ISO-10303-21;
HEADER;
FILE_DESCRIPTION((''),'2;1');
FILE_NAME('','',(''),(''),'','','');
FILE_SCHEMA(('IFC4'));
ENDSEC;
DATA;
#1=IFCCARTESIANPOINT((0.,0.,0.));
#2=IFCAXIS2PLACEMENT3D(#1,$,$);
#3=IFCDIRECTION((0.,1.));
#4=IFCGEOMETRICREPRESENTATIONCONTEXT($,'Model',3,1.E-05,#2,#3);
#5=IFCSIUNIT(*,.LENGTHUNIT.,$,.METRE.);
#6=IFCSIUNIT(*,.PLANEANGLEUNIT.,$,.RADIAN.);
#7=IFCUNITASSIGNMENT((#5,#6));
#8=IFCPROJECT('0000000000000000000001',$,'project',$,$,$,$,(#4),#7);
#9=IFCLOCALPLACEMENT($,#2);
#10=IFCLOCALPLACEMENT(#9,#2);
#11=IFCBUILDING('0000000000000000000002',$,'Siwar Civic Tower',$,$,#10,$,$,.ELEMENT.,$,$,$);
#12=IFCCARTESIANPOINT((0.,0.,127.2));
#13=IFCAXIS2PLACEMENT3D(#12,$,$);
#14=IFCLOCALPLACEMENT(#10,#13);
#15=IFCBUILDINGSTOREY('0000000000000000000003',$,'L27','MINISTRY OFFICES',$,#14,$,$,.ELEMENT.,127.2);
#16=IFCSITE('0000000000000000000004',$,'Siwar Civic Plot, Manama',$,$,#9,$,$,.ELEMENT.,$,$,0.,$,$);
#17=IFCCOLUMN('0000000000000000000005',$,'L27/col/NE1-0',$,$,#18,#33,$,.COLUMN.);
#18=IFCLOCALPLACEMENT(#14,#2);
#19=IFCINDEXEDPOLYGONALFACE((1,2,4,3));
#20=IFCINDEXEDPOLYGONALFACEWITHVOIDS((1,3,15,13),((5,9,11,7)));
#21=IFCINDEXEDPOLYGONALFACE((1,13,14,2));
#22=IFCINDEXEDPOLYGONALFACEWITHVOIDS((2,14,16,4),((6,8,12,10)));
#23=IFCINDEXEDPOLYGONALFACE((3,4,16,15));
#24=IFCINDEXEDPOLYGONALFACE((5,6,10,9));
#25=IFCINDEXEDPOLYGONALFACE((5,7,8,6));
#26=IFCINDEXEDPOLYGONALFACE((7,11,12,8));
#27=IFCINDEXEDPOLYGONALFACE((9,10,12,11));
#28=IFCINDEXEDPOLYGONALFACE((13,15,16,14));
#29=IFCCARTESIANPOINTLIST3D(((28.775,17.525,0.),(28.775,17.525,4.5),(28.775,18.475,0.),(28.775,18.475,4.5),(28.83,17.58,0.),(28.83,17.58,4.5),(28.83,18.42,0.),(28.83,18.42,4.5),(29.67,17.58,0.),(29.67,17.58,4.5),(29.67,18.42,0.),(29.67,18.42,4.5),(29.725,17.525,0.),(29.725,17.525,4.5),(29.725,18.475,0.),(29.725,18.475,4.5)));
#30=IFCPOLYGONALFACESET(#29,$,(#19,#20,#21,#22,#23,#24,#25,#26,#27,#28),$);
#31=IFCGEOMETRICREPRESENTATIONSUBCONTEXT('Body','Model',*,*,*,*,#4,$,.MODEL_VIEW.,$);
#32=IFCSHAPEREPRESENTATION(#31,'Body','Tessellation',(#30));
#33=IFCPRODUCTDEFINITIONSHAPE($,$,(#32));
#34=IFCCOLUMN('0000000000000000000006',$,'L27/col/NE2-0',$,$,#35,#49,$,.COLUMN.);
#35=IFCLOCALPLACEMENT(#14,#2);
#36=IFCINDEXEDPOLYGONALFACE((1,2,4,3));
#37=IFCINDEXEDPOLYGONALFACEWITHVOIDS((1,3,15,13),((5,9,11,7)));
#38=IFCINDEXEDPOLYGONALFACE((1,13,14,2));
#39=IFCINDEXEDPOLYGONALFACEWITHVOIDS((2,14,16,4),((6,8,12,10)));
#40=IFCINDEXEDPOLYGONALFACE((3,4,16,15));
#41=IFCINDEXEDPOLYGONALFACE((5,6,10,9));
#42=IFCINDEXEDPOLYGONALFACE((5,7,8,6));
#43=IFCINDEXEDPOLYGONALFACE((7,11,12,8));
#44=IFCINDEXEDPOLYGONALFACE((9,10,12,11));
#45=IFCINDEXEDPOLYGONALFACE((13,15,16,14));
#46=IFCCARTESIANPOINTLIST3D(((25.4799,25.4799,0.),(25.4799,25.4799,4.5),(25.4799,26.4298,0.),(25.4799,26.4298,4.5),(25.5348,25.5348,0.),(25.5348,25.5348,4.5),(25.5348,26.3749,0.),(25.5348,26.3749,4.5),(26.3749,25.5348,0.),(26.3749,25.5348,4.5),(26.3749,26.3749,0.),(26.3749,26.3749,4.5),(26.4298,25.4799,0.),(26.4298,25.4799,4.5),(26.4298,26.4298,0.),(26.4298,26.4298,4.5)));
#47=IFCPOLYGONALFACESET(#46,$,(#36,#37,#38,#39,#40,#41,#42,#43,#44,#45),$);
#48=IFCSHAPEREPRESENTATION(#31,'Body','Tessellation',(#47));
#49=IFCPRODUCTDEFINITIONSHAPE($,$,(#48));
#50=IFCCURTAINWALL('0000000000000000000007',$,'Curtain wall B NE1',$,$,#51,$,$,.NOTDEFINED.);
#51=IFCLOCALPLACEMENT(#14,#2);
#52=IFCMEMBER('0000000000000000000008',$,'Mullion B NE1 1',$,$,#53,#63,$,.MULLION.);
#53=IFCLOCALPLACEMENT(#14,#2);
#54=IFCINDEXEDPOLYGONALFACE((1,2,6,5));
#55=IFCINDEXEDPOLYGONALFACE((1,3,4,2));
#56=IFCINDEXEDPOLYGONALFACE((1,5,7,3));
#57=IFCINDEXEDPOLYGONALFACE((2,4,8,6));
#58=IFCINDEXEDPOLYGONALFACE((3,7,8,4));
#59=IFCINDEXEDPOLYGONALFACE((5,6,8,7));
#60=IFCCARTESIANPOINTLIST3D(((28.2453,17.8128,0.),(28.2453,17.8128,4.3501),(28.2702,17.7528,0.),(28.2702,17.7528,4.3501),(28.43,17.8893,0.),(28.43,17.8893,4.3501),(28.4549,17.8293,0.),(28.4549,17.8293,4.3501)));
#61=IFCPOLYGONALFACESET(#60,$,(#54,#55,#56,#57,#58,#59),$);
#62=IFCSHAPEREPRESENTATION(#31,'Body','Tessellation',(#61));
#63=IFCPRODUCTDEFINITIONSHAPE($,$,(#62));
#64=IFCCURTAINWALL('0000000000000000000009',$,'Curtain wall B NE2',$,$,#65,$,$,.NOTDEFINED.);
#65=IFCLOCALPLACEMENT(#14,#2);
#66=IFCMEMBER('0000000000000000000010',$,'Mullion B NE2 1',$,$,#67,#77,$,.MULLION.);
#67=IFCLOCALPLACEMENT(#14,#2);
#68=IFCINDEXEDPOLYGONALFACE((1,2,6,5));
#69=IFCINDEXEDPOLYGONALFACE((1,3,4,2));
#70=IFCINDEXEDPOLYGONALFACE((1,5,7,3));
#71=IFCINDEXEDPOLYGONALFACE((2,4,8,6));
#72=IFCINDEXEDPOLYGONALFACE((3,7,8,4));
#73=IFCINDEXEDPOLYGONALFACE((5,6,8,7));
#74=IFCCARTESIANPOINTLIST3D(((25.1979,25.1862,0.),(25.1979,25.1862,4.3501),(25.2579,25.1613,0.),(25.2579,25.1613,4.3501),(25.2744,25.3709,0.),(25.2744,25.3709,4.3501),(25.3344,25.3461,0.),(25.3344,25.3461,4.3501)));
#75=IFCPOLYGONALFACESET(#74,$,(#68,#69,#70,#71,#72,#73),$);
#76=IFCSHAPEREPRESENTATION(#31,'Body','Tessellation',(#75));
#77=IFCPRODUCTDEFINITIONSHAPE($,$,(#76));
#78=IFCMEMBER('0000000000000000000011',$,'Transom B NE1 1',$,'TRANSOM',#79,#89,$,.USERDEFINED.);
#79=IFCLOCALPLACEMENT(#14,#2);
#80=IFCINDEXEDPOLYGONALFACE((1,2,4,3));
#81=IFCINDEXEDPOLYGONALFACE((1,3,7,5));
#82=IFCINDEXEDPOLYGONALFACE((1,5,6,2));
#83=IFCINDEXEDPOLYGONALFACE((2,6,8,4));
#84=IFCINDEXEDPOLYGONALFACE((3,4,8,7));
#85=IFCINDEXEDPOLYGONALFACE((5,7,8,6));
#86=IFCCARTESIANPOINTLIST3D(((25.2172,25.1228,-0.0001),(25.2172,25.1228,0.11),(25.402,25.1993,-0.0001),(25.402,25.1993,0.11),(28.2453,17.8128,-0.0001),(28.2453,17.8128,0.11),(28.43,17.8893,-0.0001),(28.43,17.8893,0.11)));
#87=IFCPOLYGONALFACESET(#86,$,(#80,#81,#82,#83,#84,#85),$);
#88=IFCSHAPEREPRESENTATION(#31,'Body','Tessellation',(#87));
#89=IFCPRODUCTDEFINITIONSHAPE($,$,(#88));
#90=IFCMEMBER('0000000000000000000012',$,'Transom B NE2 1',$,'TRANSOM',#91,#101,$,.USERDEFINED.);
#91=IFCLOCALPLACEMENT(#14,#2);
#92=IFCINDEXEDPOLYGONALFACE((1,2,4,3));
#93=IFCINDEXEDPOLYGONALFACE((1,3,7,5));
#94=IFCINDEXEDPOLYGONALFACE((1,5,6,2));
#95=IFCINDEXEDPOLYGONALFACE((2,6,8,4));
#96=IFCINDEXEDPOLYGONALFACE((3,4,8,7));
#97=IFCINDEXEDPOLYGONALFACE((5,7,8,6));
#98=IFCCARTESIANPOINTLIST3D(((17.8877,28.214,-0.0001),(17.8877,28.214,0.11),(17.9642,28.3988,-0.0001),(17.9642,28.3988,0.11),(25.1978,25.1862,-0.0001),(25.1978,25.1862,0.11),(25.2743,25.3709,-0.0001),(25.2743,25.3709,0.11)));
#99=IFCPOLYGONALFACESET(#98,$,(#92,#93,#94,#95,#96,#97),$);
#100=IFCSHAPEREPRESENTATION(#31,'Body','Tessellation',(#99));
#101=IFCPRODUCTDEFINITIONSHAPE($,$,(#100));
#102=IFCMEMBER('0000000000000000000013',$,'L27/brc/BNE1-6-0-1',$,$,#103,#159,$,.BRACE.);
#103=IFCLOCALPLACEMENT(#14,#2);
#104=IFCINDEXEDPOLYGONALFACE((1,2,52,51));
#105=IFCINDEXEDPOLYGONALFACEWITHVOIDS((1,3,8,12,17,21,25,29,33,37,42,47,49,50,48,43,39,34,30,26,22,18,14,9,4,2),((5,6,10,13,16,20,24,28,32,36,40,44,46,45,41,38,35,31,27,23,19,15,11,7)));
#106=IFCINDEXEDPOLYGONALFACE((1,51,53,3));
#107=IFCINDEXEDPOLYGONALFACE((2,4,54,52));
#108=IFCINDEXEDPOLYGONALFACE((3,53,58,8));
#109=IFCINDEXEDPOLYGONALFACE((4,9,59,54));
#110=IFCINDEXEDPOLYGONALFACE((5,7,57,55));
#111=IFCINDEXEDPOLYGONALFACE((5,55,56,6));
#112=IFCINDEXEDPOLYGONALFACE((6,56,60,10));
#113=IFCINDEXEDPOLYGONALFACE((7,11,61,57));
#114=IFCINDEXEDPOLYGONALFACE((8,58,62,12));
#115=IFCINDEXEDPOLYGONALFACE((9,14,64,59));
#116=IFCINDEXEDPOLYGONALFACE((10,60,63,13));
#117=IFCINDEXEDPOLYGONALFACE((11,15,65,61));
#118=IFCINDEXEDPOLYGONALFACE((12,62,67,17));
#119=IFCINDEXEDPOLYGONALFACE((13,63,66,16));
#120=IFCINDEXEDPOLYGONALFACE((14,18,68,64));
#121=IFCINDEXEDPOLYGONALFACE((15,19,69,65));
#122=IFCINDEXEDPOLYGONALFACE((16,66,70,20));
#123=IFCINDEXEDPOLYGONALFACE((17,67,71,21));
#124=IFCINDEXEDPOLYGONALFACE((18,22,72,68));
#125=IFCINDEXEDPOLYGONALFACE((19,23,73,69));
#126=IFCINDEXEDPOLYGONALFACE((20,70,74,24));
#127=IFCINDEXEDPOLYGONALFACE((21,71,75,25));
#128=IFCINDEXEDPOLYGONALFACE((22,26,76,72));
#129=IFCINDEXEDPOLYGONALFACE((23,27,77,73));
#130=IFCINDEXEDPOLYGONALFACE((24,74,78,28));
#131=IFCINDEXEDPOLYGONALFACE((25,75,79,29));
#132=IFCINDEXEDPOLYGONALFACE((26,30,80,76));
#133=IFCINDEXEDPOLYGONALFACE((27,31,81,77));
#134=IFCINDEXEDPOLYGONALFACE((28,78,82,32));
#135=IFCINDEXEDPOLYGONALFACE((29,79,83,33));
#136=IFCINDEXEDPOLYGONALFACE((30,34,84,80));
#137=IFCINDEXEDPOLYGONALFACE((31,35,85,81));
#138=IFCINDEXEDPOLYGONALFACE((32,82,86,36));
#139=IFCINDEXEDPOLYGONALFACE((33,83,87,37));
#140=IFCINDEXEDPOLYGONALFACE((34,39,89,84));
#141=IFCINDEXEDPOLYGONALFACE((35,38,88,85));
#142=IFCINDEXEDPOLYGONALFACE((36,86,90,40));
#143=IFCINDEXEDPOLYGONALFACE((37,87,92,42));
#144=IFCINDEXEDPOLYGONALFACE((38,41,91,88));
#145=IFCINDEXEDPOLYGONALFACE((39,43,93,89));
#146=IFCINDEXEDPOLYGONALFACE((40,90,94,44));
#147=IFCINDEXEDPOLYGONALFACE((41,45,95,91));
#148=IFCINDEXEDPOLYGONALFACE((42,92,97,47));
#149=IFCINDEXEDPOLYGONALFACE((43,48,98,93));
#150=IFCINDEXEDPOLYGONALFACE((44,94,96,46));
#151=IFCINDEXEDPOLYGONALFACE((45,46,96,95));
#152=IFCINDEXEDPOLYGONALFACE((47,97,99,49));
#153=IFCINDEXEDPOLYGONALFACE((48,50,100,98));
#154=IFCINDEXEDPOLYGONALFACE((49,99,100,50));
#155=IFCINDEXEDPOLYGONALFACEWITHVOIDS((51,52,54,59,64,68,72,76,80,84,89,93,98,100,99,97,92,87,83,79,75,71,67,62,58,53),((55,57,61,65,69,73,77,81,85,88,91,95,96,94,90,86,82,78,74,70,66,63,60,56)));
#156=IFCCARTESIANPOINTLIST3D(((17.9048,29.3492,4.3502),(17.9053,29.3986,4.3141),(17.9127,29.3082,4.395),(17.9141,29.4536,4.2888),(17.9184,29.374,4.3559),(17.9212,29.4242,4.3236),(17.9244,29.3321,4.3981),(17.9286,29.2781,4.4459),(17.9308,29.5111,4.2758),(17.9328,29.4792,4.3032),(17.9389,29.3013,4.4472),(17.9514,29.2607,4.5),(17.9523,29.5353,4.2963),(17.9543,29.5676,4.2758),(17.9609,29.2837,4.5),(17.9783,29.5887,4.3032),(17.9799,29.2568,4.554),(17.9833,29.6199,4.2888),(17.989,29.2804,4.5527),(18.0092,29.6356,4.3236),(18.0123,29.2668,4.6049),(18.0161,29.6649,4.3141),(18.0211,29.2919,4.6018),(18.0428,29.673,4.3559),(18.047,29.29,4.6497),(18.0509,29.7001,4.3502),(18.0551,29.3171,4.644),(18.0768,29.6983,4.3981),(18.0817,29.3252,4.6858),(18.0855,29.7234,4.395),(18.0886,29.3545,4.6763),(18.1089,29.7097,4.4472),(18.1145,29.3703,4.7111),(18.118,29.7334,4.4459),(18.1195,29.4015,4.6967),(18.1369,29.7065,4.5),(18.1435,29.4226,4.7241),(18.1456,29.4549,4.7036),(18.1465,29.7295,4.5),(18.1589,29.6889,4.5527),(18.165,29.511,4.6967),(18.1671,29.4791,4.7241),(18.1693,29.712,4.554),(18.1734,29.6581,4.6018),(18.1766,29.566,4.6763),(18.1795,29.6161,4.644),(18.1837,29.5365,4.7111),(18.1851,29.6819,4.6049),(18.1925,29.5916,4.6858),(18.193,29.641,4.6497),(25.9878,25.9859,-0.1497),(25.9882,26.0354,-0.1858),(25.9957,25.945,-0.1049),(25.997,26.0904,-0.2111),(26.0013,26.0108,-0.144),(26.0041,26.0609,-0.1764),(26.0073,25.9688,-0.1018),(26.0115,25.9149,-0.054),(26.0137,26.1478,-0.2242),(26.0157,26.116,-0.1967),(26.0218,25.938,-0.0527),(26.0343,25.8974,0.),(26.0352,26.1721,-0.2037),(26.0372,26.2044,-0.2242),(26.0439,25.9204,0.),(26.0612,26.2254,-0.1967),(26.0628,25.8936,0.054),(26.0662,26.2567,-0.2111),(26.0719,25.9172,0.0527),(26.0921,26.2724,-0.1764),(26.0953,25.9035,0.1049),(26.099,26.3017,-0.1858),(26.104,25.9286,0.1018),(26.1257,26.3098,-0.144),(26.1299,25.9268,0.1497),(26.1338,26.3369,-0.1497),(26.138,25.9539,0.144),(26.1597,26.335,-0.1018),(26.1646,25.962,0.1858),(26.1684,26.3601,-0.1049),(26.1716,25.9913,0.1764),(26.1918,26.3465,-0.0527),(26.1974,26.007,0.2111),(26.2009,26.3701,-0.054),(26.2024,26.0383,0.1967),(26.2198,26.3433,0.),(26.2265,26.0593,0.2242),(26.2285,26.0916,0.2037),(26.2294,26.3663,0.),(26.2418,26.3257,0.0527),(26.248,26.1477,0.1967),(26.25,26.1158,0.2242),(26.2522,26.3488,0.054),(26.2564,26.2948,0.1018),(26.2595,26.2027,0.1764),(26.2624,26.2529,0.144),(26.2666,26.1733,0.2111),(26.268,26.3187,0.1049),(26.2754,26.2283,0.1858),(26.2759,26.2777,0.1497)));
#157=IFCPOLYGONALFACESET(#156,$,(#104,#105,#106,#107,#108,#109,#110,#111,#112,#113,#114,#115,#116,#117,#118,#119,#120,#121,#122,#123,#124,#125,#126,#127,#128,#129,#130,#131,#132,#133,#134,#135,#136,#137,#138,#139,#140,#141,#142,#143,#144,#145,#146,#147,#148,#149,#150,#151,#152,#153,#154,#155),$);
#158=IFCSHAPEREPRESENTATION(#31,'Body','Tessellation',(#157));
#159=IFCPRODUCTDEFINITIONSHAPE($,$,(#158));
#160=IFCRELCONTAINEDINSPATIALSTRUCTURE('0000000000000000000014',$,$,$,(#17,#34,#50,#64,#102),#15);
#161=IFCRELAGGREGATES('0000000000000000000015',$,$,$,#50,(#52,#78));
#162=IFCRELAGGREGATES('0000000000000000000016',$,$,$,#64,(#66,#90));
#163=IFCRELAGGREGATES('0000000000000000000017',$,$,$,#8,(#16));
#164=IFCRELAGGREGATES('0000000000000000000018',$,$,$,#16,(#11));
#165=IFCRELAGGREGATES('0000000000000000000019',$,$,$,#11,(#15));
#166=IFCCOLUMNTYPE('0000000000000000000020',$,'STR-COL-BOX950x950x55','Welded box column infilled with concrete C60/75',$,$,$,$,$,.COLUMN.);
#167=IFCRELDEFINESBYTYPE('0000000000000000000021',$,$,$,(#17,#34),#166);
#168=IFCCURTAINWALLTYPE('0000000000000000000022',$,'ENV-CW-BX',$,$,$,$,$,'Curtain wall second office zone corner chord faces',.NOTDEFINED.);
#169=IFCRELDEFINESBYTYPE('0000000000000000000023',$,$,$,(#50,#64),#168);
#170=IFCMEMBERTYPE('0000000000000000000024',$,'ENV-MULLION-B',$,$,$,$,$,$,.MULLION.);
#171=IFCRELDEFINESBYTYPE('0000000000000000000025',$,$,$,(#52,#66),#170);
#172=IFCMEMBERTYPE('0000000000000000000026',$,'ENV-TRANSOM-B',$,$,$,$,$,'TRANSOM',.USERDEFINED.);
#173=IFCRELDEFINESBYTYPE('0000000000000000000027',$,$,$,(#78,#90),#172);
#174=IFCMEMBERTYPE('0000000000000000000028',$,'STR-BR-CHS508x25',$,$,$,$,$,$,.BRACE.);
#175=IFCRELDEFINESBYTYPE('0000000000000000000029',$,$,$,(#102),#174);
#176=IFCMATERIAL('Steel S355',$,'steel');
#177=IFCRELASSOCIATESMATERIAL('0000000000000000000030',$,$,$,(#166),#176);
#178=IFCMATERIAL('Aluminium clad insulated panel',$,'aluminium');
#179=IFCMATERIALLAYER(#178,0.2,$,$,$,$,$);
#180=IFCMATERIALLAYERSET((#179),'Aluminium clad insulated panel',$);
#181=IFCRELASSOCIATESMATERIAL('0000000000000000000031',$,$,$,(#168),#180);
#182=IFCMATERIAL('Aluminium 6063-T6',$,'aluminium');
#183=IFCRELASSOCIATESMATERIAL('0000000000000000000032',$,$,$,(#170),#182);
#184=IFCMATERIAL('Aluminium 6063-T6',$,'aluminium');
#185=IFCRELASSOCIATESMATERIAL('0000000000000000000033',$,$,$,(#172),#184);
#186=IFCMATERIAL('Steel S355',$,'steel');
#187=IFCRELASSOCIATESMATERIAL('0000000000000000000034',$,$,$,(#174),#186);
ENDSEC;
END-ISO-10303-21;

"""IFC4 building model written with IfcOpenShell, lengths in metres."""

from ifc_helpers import new_model, si_unit, direction, frame, origin, origin_2d, place, context, subcontext, project, spatial, rectangle, hollow_rectangle, hollow_circle, extrude, material, layer, layer_set, material_profile, profile_set, type_object, element, aggregate, save


model = new_model("IFC4")

# Units and contexts
model_context = context("Model", 3, precision=1e-05, world=origin(), true_north=direction((0.0, 1.0)))
body_context = subcontext(model_context, "Body", "Model", "MODEL_VIEW")
ifc_project = project(units=[si_unit("LENGTHUNIT", "METRE"), si_unit("PLANEANGLEUNIT", "RADIAN")], contexts=[model_context])

# Site, building, storey
site_placement = place(None, origin())
site = spatial("IfcSite", under=ifc_project, at=site_placement, Name="Siwar Civic Plot, Manama", CompositionType="ELEMENT", RefElevation=0.0)
building_placement = place(site_placement, origin())
building = spatial("IfcBuilding", under=site, at=building_placement, Name="Siwar Civic Tower", CompositionType="ELEMENT")
storey_placement = place(building_placement, frame((0.0, 0.0, 127.2)))
storey = spatial("IfcBuildingStorey", under=building, at=storey_placement, Name="L27", Description="MINISTRY OFFICES", CompositionType="ELEMENT", Elevation=127.2)

# Columns
ifc_material_1 = material(Name="Steel S355", Category="steel")
ifc_material_profile_1 = material_profile(ifc_material_1, hollow_rectangle(XDim=0.95, YDim=0.95, WallThickness=0.0549, at=origin_2d()), Name="BOX950x950x55")
ifc_profile_set_1 = profile_set([ifc_material_profile_1], Name="Steel S355")
column_type = type_object("IfcColumnType", Name="STR-COL-BOX950x950x55", Description="Welded box column infilled with concrete C60/75", PredefinedType="COLUMN", material=ifc_profile_set_1)
for number, where, z_axis, x_axis, name in (
    (1, (29.25, 18.0, 0.0), (0.0, 0.0, 1.0), (1.0, 0.0, 0.0), "L27/col/NE1-0"),
    (2, (25.9548, 25.9548, 0.0), (0.0, 0.0, 1.0), (1.0, 0.0, 0.0), "L27/col/NE2-0"),
):
    element("IfcColumn", number, at=place(storey_placement, frame(where, z_axis=z_axis, x_axis=x_axis)), inside=storey, type_object=column_type, Name=name, PredefinedType="COLUMN", context=body_context, shape_type="SweptSolid", body=[
        extrude(hollow_rectangle(XDim=0.95, YDim=0.95, WallThickness=0.0549, at=origin_2d()), origin(), (0.0, 0.0, 1.0), 4.5),
    ])

# Curtain walls, members
ifc_material_2 = material(Name="Aluminium clad insulated panel", Category="aluminium")
ifc_layer_1 = layer(ifc_material_2, 0.2)
ifc_layer_set_1 = layer_set([ifc_layer_1], Name="Aluminium clad insulated panel")
curtain_wall_type = type_object("IfcCurtainWallType", Name="ENV-CW-BX", ElementType="Curtain wall second office zone corner chord faces", PredefinedType="NOTDEFINED", material=ifc_layer_set_1)
curtain_wall_1_placement = place(storey_placement, origin())
curtain_wall_1 = element("IfcCurtainWall", 3, at=curtain_wall_1_placement, inside=storey, type_object=curtain_wall_type, Name="Curtain wall B NE1", PredefinedType="NOTDEFINED")
ifc_material_3 = material(Name="Aluminium 6063-T6", Category="aluminium")
ifc_material_profile_2 = material_profile(ifc_material_3, rectangle(XDim=0.2, YDim=0.0649, at=origin_2d()), Name="AL 200x65")
ifc_profile_set_2 = profile_set([ifc_material_profile_2], Name="Aluminium 6063-T6")
member_type_1 = type_object("IfcMemberType", Name="ENV-MULLION-B", PredefinedType="MULLION", material=ifc_profile_set_2)
member_1_placement = place(storey_placement, frame((28.3501, 17.821, 0.0), z_axis=(0.0, 0.0, 1.0), x_axis=(-0.92388, -0.382683, 0.0)))
member_1 = element("IfcMember", 4, at=member_1_placement, type_object=member_type_1, Name="Mullion B NE1 1", PredefinedType="MULLION", context=body_context, shape_type="SweptSolid", body=[
    extrude(rectangle(XDim=0.2, YDim=0.0649, at=origin_2d()), origin(), (0.0, 0.0, 1.0), 4.3501),
])
curtain_wall_2_placement = place(storey_placement, origin())
curtain_wall_2 = element("IfcCurtainWall", 5, at=curtain_wall_2_placement, inside=storey, type_object=curtain_wall_type, Name="Curtain wall B NE2", PredefinedType="NOTDEFINED")
member_2_placement = place(storey_placement, frame((25.2661, 25.2661, 0.0), z_axis=(0.0, 0.0, 1.0), x_axis=(-0.382683, -0.92388, 0.0)))
member_2 = element("IfcMember", 6, at=member_2_placement, type_object=member_type_1, Name="Mullion B NE2 1", PredefinedType="MULLION", context=body_context, shape_type="SweptSolid", body=[
    extrude(rectangle(XDim=0.2, YDim=0.0649, at=origin_2d()), origin(), (0.0, 0.0, 1.0), 4.3501),
])

# Members
ifc_material_4 = material(Name="Aluminium 6063-T6", Category="aluminium")
ifc_material_profile_3 = material_profile(ifc_material_4, rectangle(XDim=0.2, YDim=0.1101, at=origin_2d()), Name="AL 200x110")
ifc_profile_set_3 = profile_set([ifc_material_profile_3], Name="Aluminium 6063-T6")
member_type_2 = type_object("IfcMemberType", Name="ENV-TRANSOM-B", ElementType="TRANSOM", PredefinedType="USERDEFINED", material=ifc_profile_set_3)
member_3_placement = place(storey_placement, frame((28.3376, 17.8511, 0.0549), z_axis=(-0.3827, 0.923873, 0.0), x_axis=(-0.923873, -0.3827, 0.0)))
member_3 = element("IfcMember", 7, at=member_3_placement, type_object=member_type_2, Name="Transom B NE1 1", ObjectType="TRANSOM", PredefinedType="USERDEFINED", context=body_context, shape_type="SweptSolid", body=[
    extrude(rectangle(XDim=0.2, YDim=0.1101, at=origin_2d()), origin(), (0.0, 0.0, 1.0), 7.9124),
])
member_4_placement = place(storey_placement, frame((25.2361, 25.2786, 0.0549), z_axis=(-0.923884, 0.382673, 0.0), x_axis=(-0.382673, -0.923884, 0.0)))
member_4 = element("IfcMember", 8, at=member_4_placement, type_object=member_type_2, Name="Transom B NE2 1", ObjectType="TRANSOM", PredefinedType="USERDEFINED", context=body_context, shape_type="SweptSolid", body=[
    extrude(rectangle(XDim=0.2, YDim=0.1101, at=origin_2d()), origin(), (0.0, 0.0, 1.0), 7.9124),
])

# Member
ifc_material_5 = material(Name="Steel S355", Category="steel")
ifc_material_profile_4 = material_profile(ifc_material_5, hollow_circle(Radius=0.2539, WallThickness=0.0249, at=origin_2d()), Name="CHS508x25")
ifc_profile_set_4 = profile_set([ifc_material_profile_4], Name="Steel S355")
member_type_3 = type_object("IfcMemberType", Name="STR-BR-CHS508x25", PredefinedType="BRACE", material=ifc_profile_set_4)
member_5_placement = place(storey_placement, frame((26.1318, 26.1318, 0.0), z_axis=(-0.821143, 0.341671, 0.457149), x_axis=(-0.384164, -0.923265, 0.0)))
element("IfcMember", 9, at=member_5_placement, inside=storey, type_object=member_type_3, Name="L27/brc/BNE1-6-0-1", PredefinedType="BRACE", context=body_context, shape_type="SweptSolid", body=[
    extrude(hollow_circle(Radius=0.2539, WallThickness=0.0249, at=origin_2d()), origin(), (0.0, 0.0, 1.0), 9.8435),
])

aggregate(curtain_wall_1, [member_1, member_3])
aggregate(curtain_wall_2, [member_2, member_4])

save(model, "model.ifc")
